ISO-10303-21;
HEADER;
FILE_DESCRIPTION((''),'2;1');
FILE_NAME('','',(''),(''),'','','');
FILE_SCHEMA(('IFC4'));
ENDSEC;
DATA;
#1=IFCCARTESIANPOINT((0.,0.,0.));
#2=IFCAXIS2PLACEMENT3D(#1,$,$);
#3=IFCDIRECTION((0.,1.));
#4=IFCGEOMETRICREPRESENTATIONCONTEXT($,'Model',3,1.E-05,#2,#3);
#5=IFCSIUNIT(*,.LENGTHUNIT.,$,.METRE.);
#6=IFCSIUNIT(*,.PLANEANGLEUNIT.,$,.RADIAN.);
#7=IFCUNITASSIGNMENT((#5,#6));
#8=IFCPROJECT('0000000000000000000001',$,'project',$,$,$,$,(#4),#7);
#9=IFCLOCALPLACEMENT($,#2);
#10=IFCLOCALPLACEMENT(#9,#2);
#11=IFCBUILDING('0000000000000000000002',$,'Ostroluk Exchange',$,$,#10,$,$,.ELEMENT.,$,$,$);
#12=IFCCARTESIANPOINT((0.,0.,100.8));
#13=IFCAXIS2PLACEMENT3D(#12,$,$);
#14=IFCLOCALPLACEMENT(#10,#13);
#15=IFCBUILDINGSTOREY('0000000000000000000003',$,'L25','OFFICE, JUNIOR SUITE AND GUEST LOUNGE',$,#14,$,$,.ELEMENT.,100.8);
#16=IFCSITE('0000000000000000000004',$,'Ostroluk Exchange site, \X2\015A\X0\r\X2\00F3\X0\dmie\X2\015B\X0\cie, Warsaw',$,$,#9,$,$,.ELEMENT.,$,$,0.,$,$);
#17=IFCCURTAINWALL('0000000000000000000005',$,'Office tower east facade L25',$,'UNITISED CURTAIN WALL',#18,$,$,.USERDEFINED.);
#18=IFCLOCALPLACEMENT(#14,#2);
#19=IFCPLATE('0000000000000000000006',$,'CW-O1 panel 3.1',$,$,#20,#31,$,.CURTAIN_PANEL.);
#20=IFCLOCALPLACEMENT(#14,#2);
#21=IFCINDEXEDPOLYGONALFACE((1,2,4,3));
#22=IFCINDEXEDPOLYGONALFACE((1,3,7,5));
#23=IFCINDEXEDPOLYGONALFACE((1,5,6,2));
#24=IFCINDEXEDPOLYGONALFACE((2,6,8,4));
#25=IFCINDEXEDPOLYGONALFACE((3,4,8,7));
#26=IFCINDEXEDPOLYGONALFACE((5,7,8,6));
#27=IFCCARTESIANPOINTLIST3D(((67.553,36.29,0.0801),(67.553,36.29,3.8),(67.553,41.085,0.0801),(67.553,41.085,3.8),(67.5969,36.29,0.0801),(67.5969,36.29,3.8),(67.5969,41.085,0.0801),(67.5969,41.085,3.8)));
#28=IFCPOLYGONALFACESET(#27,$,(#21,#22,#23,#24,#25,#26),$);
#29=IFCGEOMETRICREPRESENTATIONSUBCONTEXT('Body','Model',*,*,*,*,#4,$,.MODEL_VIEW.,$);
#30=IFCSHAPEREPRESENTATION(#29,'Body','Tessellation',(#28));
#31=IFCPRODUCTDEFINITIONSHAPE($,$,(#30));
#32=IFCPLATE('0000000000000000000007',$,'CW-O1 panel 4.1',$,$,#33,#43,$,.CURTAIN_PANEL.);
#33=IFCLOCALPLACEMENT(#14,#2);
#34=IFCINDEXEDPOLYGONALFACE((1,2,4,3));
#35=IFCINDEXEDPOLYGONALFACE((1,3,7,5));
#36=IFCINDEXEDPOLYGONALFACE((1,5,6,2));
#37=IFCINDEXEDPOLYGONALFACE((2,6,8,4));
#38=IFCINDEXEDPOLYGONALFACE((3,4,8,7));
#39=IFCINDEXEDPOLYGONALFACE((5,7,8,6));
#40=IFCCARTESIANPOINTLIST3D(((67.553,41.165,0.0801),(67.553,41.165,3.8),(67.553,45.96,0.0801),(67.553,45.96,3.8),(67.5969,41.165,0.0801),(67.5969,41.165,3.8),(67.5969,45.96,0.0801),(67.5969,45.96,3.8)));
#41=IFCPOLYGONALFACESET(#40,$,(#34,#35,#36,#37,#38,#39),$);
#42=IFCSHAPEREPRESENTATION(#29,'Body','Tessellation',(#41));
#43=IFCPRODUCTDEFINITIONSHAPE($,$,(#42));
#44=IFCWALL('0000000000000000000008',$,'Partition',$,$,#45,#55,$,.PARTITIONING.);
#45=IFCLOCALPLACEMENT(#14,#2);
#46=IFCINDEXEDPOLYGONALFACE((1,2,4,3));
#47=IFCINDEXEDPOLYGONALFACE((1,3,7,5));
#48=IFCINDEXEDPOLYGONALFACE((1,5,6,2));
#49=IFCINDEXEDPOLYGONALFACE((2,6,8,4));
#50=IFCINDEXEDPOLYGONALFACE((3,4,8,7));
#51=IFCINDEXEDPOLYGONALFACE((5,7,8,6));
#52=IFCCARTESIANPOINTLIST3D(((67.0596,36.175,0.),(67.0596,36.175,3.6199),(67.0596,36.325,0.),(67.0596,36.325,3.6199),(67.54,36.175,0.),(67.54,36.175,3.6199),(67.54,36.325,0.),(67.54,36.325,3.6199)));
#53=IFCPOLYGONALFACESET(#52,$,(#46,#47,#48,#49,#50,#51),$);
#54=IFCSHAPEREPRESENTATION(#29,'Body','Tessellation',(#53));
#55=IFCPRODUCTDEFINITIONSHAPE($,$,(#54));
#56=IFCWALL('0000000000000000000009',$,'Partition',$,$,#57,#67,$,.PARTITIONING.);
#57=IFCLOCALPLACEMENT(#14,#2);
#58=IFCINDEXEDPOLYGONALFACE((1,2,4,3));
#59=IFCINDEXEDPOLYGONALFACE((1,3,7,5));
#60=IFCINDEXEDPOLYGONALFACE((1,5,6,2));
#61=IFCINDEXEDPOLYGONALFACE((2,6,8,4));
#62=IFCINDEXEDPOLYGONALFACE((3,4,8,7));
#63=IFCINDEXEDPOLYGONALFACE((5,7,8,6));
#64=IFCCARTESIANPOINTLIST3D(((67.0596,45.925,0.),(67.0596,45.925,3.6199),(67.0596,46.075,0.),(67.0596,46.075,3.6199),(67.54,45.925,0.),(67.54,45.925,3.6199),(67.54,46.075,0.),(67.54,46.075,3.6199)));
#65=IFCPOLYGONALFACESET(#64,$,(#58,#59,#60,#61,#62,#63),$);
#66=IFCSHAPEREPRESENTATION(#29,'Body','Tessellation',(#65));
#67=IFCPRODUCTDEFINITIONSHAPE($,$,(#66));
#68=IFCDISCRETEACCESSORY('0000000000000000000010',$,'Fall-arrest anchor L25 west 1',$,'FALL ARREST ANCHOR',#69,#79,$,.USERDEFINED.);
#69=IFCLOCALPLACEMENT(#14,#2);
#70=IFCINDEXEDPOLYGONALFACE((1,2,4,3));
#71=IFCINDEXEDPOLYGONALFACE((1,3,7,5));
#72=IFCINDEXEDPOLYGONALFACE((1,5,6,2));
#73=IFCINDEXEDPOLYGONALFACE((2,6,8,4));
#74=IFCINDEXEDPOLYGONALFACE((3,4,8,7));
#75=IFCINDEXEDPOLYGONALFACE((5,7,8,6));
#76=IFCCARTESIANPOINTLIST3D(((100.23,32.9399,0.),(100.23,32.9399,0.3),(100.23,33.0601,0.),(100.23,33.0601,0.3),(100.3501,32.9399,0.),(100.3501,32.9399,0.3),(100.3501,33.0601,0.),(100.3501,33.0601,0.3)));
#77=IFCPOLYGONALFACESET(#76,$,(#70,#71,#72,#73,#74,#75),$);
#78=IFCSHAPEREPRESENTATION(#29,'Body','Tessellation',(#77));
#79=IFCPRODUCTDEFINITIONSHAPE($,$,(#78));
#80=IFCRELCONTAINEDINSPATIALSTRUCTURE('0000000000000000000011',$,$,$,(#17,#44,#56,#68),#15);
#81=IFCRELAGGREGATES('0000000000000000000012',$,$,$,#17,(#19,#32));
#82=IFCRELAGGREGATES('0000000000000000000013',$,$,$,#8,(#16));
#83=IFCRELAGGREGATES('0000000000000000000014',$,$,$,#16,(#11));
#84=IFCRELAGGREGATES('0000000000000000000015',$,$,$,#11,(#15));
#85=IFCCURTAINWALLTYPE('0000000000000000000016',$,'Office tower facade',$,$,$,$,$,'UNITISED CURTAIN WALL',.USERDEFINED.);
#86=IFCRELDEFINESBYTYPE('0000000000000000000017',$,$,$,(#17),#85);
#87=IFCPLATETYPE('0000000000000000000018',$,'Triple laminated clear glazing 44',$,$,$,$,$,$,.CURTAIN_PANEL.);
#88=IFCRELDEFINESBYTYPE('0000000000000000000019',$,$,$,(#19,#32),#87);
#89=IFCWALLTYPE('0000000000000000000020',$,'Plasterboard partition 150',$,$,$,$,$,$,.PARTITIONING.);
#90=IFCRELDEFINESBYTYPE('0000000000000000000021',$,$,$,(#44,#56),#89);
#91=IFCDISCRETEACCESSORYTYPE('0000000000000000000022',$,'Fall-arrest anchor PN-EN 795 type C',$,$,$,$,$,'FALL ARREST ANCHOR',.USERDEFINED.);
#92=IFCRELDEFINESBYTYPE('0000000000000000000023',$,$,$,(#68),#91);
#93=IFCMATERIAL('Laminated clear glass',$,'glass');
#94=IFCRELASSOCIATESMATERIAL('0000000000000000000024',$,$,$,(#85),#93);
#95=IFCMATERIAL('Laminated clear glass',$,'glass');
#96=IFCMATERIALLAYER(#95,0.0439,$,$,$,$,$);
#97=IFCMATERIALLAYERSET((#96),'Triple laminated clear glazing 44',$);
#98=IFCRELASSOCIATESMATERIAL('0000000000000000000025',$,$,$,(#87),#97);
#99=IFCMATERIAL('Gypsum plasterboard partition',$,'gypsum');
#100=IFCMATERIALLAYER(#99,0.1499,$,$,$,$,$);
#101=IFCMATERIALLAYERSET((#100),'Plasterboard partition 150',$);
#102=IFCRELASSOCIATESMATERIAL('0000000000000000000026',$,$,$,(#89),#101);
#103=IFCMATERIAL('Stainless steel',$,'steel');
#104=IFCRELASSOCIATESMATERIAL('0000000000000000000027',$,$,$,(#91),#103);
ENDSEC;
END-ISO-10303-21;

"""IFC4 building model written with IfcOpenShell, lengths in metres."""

from ifc_helpers import new_model, si_unit, direction, frame, frame_2d, origin, origin_2d, place, context, subcontext, project, spatial, rectangle, extrude, material, layer, layer_set, type_object, element, aggregate, save


model = new_model("IFC4")

# Units and contexts
model_context = context("Model", 3, precision=1e-05, world=origin(), true_north=direction((0.0, 1.0)))
body_context = subcontext(model_context, "Body", "Model", "MODEL_VIEW")
ifc_project = project(units=[si_unit("LENGTHUNIT", "METRE"), si_unit("PLANEANGLEUNIT", "RADIAN")], contexts=[model_context])

# Site, building, storey
site_placement = place(None, origin())
site = spatial("IfcSite", under=ifc_project, at=site_placement, Name="Ostroluk Exchange site, Śródmieście, Warsaw", CompositionType="ELEMENT", RefElevation=0.0)
building_placement = place(site_placement, origin())
building = spatial("IfcBuilding", under=site, at=building_placement, Name="Ostroluk Exchange", CompositionType="ELEMENT")
storey_placement = place(building_placement, frame((0.0, 0.0, 100.8)))
storey = spatial("IfcBuildingStorey", under=building, at=storey_placement, Name="L25", Description="OFFICE, JUNIOR SUITE AND GUEST LOUNGE", CompositionType="ELEMENT", Elevation=100.8)

# Curtain wall
ifc_material_1 = material(Name="Laminated clear glass", Category="glass")
curtain_wall_type_1 = type_object("IfcCurtainWallType", Name="Office tower facade", ElementType="UNITISED CURTAIN WALL", PredefinedType="USERDEFINED", material=ifc_material_1)
curtain_wall_1_placement = place(storey_placement, origin())
curtain_wall_1 = element("IfcCurtainWall", 1, at=curtain_wall_1_placement, inside=storey, type_object=curtain_wall_type_1, Name="Office tower east facade L25", ObjectType="UNITISED CURTAIN WALL", PredefinedType="USERDEFINED")

# Plates
ifc_material_2 = material(Name="Laminated clear glass", Category="glass")
ifc_layer_1 = layer(ifc_material_2, 0.0439)
ifc_layer_set_1 = layer_set([ifc_layer_1], Name="Triple laminated clear glazing 44")
plate_type = type_object("IfcPlateType", Name="Triple laminated clear glazing 44", PredefinedType="CURTAIN_PANEL", material=ifc_layer_set_1)
plate_1_placement = place(storey_placement, frame((67.575, 38.6875, 0.0801), z_axis=(0.0, 0.0, 1.0), x_axis=(0.0, 1.0, 0.0)))
plate_1 = element("IfcPlate", 2, at=plate_1_placement, type_object=plate_type, Name="CW-O1 panel 3.1", PredefinedType="CURTAIN_PANEL", context=body_context, shape_type="SweptSolid", body=[
    extrude(rectangle(XDim=4.7949, YDim=0.0439, at=origin_2d()), origin(), (0.0, 0.0, 1.0), 3.72),
])
plate_2_placement = place(storey_placement, frame((67.575, 43.5625, 0.0801), z_axis=(0.0, 0.0, 1.0), x_axis=(0.0, 1.0, 0.0)))
plate_2 = element("IfcPlate", 3, at=plate_2_placement, type_object=plate_type, Name="CW-O1 panel 4.1", PredefinedType="CURTAIN_PANEL", context=body_context, shape_type="SweptSolid", body=[
    extrude(rectangle(XDim=4.7949, YDim=0.0439, at=origin_2d()), origin(), (0.0, 0.0, 1.0), 3.72),
])
aggregate(curtain_wall_1, [plate_1, plate_2])

# Walls
ifc_material_3 = material(Name="Gypsum plasterboard partition", Category="gypsum")
ifc_layer_2 = layer(ifc_material_3, 0.1499)
ifc_layer_set_2 = layer_set([ifc_layer_2], Name="Plasterboard partition 150")
wall_type = type_object("IfcWallType", Name="Plasterboard partition 150", PredefinedType="PARTITIONING", material=ifc_layer_set_2)
for number, where, z_axis, x_axis, name in (
    (4, (67.0596, 36.25, 0.0), (0.0, 0.0, 1.0), (1.0, 0.0, 0.0), "Partition"),
    (5, (67.0596, 46.0, 0.0), (0.0, 0.0, 1.0), (1.0, 0.0, 0.0), "Partition"),
):
    element("IfcWall", number, at=place(storey_placement, frame(where, z_axis=z_axis, x_axis=x_axis)), inside=storey, type_object=wall_type, Name=name, PredefinedType="PARTITIONING", context=body_context, shape_type="SweptSolid", body=[
        extrude(rectangle(XDim=0.4805, YDim=0.1499, at=frame_2d((0.2402, 0.0))), origin(), (0.0, 0.0, 1.0), 3.6199),
    ])

# Discrete accessory
ifc_material_4 = material(Name="Stainless steel", Category="steel")
discrete_accessory_type = type_object("IfcDiscreteAccessoryType", Name="Fall-arrest anchor PN-EN 795 type C", ElementType="FALL ARREST ANCHOR", PredefinedType="USERDEFINED", material=ifc_material_4)
discrete_accessory_placement = place(storey_placement, frame((100.29, 33.0, 0.0), z_axis=(0.0, 0.0, 1.0), x_axis=(1.0, 0.0, 0.0)))
element("IfcDiscreteAccessory", 6, at=discrete_accessory_placement, inside=storey, type_object=discrete_accessory_type, Name="Fall-arrest anchor L25 west 1", ObjectType="FALL ARREST ANCHOR", PredefinedType="USERDEFINED", context=body_context, shape_type="SweptSolid", body=[
    extrude(rectangle(XDim=0.1201, YDim=0.1201, at=origin_2d()), origin(), (0.0, 0.0, 1.0), 0.3),
])

save(model, "model.ifc")
